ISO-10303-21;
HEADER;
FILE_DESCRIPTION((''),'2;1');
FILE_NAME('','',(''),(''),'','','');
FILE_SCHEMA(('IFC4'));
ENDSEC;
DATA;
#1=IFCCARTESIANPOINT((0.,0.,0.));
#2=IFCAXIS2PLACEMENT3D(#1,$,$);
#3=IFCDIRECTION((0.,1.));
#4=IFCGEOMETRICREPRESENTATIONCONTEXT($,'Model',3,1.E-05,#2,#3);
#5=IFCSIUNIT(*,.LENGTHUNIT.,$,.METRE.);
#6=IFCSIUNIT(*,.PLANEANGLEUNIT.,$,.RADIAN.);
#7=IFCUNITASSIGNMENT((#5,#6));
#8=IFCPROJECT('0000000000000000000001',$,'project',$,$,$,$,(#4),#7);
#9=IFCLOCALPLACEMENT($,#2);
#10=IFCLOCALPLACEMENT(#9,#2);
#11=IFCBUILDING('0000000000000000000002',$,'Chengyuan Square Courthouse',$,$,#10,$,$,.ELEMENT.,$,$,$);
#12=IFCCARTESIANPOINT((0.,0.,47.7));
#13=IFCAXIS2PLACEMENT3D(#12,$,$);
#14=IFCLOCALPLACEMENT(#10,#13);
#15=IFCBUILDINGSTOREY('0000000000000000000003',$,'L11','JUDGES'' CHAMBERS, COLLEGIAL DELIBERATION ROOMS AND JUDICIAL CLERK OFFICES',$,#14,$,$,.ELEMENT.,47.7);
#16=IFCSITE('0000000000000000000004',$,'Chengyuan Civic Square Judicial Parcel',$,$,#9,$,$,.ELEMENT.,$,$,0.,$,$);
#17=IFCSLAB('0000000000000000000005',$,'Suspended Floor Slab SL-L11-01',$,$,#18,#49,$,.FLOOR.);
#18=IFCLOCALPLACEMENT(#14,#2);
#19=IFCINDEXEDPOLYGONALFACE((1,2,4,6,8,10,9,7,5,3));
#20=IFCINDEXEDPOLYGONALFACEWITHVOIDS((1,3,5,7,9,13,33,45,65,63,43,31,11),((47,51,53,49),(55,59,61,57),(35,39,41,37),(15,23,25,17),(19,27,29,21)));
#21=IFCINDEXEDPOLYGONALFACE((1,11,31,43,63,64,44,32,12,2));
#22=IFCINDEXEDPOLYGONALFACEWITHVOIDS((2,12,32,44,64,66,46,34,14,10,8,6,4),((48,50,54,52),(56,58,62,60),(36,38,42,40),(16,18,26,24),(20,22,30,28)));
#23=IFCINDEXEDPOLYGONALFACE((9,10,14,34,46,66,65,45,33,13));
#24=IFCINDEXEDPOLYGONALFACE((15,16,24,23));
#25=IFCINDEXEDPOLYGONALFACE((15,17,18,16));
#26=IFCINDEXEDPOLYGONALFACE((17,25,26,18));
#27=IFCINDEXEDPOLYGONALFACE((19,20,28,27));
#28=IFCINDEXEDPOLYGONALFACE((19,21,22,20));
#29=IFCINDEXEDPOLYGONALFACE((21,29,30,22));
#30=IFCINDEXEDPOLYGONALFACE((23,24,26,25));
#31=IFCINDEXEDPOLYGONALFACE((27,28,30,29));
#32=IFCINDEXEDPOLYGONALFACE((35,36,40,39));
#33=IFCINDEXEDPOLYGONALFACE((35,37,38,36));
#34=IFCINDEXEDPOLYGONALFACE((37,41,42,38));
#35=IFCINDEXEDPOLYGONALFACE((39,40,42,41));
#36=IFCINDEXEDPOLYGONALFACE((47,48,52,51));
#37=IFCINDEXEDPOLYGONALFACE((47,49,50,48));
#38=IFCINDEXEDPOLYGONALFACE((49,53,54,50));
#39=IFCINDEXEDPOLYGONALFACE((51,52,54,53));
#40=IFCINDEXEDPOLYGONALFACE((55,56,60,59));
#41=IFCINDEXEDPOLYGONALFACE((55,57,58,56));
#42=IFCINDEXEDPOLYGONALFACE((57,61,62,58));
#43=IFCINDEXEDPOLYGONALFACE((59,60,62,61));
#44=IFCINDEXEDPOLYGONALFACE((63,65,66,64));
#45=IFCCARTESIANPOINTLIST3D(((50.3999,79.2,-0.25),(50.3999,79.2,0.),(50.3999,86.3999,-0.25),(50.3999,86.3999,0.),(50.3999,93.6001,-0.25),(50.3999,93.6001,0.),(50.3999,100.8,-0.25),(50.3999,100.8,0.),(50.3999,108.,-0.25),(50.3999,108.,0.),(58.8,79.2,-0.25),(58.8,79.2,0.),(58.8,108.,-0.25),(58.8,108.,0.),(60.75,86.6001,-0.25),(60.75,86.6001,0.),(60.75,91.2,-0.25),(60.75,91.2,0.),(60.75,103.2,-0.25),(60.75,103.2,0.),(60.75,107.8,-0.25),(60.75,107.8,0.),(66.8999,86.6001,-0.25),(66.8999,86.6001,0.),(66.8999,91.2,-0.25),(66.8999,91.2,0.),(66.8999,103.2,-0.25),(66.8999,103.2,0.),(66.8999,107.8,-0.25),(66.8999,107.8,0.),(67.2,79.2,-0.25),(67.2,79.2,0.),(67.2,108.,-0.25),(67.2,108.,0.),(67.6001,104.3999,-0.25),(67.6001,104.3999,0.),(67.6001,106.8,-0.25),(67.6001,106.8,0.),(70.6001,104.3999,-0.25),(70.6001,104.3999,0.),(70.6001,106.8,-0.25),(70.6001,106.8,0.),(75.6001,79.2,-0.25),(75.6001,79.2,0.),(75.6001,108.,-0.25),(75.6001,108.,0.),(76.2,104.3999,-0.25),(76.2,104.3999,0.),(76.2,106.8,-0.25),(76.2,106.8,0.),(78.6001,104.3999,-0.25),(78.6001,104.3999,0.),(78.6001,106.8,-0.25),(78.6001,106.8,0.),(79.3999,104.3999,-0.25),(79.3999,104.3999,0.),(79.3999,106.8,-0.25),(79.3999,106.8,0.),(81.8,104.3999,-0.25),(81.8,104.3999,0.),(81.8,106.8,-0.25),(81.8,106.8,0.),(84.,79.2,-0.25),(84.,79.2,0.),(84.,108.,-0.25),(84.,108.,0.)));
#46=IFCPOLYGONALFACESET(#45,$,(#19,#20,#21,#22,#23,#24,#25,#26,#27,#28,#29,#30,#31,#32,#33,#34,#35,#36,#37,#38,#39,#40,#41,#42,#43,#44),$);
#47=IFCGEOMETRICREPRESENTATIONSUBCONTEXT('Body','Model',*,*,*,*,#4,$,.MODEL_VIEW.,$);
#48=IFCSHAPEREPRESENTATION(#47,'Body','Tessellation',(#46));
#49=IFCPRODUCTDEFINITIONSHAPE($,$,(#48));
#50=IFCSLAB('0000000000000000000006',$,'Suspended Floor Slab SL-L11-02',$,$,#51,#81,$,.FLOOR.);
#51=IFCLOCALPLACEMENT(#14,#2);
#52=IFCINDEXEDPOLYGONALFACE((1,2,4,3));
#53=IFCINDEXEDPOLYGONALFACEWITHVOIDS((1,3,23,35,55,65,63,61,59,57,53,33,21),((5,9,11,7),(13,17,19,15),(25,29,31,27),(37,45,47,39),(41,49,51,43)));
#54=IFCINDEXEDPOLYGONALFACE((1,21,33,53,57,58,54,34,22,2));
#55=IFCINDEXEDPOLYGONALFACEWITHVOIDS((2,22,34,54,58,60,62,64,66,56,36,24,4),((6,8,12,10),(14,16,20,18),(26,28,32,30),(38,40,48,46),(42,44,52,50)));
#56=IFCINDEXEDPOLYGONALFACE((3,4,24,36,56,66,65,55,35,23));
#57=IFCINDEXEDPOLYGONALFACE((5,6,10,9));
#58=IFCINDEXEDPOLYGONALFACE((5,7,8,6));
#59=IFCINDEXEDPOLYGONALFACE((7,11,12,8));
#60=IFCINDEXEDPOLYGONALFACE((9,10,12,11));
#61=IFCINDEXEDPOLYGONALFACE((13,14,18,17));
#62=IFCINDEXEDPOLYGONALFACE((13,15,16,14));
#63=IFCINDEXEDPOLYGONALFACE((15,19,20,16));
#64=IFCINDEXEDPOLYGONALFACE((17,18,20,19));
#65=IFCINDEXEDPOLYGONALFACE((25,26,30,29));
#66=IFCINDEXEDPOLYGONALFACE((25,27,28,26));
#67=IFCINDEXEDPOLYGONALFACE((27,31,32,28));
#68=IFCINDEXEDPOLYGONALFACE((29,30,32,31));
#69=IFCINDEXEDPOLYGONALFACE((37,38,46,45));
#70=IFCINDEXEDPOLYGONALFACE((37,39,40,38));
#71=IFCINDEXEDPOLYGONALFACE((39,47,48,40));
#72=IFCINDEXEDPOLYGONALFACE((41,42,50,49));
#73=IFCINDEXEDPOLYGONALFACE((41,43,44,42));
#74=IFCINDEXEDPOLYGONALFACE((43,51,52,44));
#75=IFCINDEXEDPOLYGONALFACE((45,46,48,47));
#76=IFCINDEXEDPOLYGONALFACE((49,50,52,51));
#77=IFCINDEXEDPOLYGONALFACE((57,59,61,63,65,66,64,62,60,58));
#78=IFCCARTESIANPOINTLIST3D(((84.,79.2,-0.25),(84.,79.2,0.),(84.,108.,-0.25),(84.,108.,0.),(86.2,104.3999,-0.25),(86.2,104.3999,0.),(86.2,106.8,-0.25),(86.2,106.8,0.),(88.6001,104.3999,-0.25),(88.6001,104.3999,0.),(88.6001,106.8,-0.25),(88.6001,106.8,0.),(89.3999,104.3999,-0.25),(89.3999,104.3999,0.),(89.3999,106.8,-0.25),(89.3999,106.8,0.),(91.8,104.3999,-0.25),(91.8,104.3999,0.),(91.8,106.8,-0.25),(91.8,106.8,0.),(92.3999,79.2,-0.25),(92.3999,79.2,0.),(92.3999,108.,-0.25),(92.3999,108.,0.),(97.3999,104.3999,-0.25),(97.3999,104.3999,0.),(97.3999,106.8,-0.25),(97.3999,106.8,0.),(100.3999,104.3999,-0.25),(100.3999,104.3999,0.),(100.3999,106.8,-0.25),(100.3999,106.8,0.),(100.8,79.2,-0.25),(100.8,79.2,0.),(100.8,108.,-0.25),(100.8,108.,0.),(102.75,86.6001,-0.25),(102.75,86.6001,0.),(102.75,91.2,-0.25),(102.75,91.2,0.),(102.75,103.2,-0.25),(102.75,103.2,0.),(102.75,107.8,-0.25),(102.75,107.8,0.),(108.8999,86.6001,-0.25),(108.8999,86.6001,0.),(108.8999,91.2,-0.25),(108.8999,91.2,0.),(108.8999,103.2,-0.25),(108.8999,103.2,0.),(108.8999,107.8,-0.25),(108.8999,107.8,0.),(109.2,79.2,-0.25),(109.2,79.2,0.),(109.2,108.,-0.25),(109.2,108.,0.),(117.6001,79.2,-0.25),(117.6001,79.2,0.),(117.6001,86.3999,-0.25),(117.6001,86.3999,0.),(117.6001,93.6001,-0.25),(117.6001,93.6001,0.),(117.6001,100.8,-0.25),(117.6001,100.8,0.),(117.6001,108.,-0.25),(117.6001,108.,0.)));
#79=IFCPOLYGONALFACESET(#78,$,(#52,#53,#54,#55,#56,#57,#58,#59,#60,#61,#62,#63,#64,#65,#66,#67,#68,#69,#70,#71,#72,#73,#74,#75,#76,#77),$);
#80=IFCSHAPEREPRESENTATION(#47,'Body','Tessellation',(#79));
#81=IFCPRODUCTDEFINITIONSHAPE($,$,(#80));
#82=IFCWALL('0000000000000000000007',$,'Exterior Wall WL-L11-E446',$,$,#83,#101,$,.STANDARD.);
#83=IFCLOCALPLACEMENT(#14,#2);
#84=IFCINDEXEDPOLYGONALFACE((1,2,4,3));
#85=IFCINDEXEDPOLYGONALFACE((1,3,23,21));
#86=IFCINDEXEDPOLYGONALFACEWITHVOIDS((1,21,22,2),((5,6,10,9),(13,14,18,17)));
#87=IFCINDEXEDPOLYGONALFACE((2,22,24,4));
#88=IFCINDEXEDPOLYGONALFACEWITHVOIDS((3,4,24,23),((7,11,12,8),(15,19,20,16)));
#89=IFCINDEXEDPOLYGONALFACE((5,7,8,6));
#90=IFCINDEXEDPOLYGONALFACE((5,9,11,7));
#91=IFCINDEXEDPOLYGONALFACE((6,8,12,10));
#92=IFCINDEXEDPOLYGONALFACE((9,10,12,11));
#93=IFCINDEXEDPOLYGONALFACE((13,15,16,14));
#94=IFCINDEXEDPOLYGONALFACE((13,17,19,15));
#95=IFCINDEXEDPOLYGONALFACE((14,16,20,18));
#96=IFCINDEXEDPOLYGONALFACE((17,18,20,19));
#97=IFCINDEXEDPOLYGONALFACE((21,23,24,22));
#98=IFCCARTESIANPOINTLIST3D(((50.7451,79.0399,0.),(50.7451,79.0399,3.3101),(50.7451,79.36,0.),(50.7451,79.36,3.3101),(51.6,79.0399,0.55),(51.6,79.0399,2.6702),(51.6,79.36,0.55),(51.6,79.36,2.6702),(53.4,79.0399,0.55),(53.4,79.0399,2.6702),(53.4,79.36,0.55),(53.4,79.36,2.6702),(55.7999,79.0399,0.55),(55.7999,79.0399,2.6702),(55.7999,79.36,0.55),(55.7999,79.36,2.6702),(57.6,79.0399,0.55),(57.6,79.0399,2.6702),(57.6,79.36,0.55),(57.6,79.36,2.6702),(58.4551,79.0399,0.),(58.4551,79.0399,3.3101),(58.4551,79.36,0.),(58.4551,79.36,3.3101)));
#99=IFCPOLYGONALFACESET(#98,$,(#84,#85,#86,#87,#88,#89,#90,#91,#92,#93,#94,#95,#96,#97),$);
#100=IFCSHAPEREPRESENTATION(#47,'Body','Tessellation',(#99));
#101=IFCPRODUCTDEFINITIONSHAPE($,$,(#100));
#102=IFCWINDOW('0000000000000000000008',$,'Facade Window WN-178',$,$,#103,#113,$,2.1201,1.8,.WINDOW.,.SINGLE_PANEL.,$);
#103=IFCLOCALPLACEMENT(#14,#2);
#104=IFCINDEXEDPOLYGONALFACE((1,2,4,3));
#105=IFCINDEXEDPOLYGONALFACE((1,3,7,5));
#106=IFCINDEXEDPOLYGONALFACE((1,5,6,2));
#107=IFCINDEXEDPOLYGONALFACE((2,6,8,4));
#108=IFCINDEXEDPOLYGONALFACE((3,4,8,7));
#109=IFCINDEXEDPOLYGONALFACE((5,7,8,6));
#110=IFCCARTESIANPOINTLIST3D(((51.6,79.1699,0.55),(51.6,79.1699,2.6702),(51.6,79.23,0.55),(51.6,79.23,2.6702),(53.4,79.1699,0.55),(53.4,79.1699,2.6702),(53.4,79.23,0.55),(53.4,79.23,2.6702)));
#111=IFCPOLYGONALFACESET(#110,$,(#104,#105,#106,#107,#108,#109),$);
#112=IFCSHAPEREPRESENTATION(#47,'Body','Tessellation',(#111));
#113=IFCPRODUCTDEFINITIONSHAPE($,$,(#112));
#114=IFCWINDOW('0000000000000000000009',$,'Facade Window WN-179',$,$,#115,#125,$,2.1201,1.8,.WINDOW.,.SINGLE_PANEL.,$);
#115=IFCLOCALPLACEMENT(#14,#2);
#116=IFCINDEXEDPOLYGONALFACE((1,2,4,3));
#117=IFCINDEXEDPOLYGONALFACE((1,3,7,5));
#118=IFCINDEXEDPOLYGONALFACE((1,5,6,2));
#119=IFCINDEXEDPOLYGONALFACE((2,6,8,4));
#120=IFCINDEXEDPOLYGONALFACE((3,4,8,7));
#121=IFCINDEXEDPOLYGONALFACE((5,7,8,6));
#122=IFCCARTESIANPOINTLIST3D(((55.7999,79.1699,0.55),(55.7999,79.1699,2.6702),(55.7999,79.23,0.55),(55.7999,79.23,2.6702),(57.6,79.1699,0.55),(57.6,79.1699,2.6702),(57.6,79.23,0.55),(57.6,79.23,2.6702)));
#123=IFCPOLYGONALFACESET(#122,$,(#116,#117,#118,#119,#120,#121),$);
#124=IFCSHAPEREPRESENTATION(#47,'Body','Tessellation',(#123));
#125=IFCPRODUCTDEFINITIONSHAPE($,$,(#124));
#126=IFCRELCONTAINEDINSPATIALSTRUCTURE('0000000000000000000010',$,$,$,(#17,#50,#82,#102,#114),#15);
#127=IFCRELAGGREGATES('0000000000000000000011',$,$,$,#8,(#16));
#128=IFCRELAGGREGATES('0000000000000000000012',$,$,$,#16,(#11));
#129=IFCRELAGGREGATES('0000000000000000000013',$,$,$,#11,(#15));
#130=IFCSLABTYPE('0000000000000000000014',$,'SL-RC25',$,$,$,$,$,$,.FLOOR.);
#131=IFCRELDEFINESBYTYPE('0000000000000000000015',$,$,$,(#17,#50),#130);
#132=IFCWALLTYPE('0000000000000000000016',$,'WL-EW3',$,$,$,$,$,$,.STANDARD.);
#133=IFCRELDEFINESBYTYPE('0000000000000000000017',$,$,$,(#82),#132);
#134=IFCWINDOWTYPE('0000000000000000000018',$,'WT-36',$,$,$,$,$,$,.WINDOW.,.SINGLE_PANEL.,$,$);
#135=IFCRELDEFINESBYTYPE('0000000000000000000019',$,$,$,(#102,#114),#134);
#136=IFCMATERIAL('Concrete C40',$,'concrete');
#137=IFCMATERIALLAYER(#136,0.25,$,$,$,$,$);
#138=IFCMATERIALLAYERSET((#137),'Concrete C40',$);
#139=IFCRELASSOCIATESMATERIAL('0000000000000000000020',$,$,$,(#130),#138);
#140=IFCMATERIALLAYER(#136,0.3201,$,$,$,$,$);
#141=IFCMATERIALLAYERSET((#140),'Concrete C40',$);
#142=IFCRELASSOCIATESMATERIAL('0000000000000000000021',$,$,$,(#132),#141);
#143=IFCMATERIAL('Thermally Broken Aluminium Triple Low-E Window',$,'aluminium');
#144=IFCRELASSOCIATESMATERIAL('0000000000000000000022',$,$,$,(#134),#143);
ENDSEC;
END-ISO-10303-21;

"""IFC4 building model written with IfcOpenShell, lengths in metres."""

from ifc_helpers import new_model, si_unit, direction, frame, frame_2d, origin, place, context, subcontext, project, spatial, polyline, rectangle, outline, extrude, material, layer, layer_set, type_object, element, fill, save


model = new_model("IFC4")

# Units and contexts
model_context = context("Model", 3, precision=1e-05, world=origin(), true_north=direction((0.0, 1.0)))
body_context = subcontext(model_context, "Body", "Model", "MODEL_VIEW")
ifc_project = project(units=[si_unit("LENGTHUNIT", "METRE"), si_unit("PLANEANGLEUNIT", "RADIAN")], contexts=[model_context])

# Site, building, storey
site_placement = place(None, origin())
site = spatial("IfcSite", under=ifc_project, at=site_placement, Name="Chengyuan Civic Square Judicial Parcel", CompositionType="ELEMENT", RefElevation=0.0)
building_placement = place(site_placement, origin())
building = spatial("IfcBuilding", under=site, at=building_placement, Name="Chengyuan Square Courthouse", CompositionType="ELEMENT")
storey_placement = place(building_placement, frame((0.0, 0.0, 47.7)))
storey = spatial("IfcBuildingStorey", under=building, at=storey_placement, Name="L11", Description="JUDGES' CHAMBERS, COLLEGIAL DELIBERATION ROOMS AND JUDICIAL CLERK OFFICES", CompositionType="ELEMENT", Elevation=47.7)

# Shared definitions
ifc_material_1 = material(Name="Concrete C40", Category="concrete")

# Slabs
ifc_layer_1 = layer(ifc_material_1, 0.25)
ifc_layer_set_1 = layer_set([ifc_layer_1], Name="Concrete C40")
slab_type_1 = type_object("IfcSlabType", Name="SL-RC25", PredefinedType="FLOOR", material=ifc_layer_set_1)
slab_1_placement = place(storey_placement, frame((0.0, 0.0, -0.25)))
element("IfcSlab", 1, at=slab_1_placement, inside=storey, type_object=slab_type_1, Name="Suspended Floor Slab SL-L11-01", PredefinedType="FLOOR", context=body_context, shape_type="SweptSolid", body=[
    extrude(outline(polyline([(50.3999, 79.2), (50.3999, 86.3999), (50.3999, 93.6001), (50.3999, 100.8), (50.3999, 108.0), (58.8, 108.0), (67.2, 108.0), (75.6001, 108.0), (84.0, 108.0), (84.0, 79.2), (75.6001, 79.2), (67.2, 79.2), (58.8, 79.2), (50.3999, 79.2)]), holes=[polyline([(60.75, 86.6001), (66.8999, 86.6001), (66.8999, 91.2), (60.75, 91.2), (60.75, 86.6001)]), polyline([(60.75, 103.2), (66.8999, 103.2), (66.8999, 107.8), (60.75, 107.8), (60.75, 103.2)]), polyline([(67.6001, 106.8), (67.6001, 104.3999), (70.6001, 104.3999), (70.6001, 106.8), (67.6001, 106.8)]), polyline([(76.2, 104.3999), (78.6001, 104.3999), (78.6001, 106.8), (76.2, 106.8), (76.2, 104.3999)]), polyline([(79.3999, 104.3999), (81.8, 104.3999), (81.8, 106.8), (79.3999, 106.8), (79.3999, 104.3999)])]), origin(), (0.0, 0.0, 1.0), 0.25),
])
slab_2_placement = place(storey_placement, frame((0.0, 0.0, -0.25)))
element("IfcSlab", 2, at=slab_2_placement, inside=storey, type_object=slab_type_1, Name="Suspended Floor Slab SL-L11-02", PredefinedType="FLOOR", context=body_context, shape_type="SweptSolid", body=[
    extrude(outline(polyline([(92.3999, 108.0), (100.8, 108.0), (109.2, 108.0), (117.6001, 108.0), (117.6001, 100.8), (117.6001, 93.6001), (117.6001, 86.3999), (117.6001, 79.2), (109.2, 79.2), (100.8, 79.2), (92.3999, 79.2), (84.0, 79.2), (84.0, 108.0), (92.3999, 108.0)]), holes=[polyline([(102.75, 86.6001), (108.8999, 86.6001), (108.8999, 91.2), (102.75, 91.2), (102.75, 86.6001)]), polyline([(102.75, 107.8), (102.75, 103.2), (108.8999, 103.2), (108.8999, 107.8), (102.75, 107.8)]), polyline([(86.2, 104.3999), (88.6001, 104.3999), (88.6001, 106.8), (86.2, 106.8), (86.2, 104.3999)]), polyline([(89.3999, 106.8), (89.3999, 104.3999), (91.8, 104.3999), (91.8, 106.8), (89.3999, 106.8)]), polyline([(97.3999, 106.8), (97.3999, 104.3999), (100.3999, 104.3999), (100.3999, 106.8), (97.3999, 106.8)])]), origin(), (0.0, 0.0, 1.0), 0.25),
])

# Wall, openings, windows
ifc_layer_2 = layer(ifc_material_1, 0.3201)
ifc_layer_set_2 = layer_set([ifc_layer_2], Name="Concrete C40")
wall_type_1 = type_object("IfcWallType", Name="WL-EW3", PredefinedType="STANDARD", material=ifc_layer_set_2)
wall_1_placement = place(storey_placement, frame((50.7451, 79.2, 0.0), z_axis=(0.0, 0.0, 1.0), x_axis=(1.0, 0.0, 0.0)))
wall_1 = element("IfcWall", 3, at=wall_1_placement, inside=storey, type_object=wall_type_1, Name="Exterior Wall WL-L11-E446", PredefinedType="STANDARD", context=body_context, shape_type="SweptSolid", body=[
    extrude(rectangle(XDim=7.71, YDim=0.3201, at=frame_2d((3.855, 0.0))), origin(), (0.0, 0.0, 1.0), 3.3101),
])
opening_1_placement = place(wall_1_placement, frame((0.855, 0.0, 0.55)))
opening_1 = element("IfcOpeningElement", 4, at=opening_1_placement, cuts=wall_1, PredefinedType="OPENING", context=body_context, shape_type="SweptSolid", body=[
    extrude(rectangle(XDim=1.8, YDim=2.1201, at=frame_2d((0.8999, 1.0601))), frame((0.0, 0.1721, 0.0), z_axis=(0.0, -1.0, 0.0), x_axis=(1.0, 0.0, 0.0)), (0.0, 0.0, 1.0), 0.344),
])
opening_2_placement = place(wall_1_placement, frame((5.0549, 0.0, 0.55)))
opening_2 = element("IfcOpeningElement", 5, at=opening_2_placement, cuts=wall_1, PredefinedType="OPENING", context=body_context, shape_type="SweptSolid", body=[
    extrude(rectangle(XDim=1.8, YDim=2.1201, at=frame_2d((0.8999, 1.0601))), frame((0.0, 0.1721, 0.0), z_axis=(0.0, -1.0, 0.0), x_axis=(1.0, 0.0, 0.0)), (0.0, 0.0, 1.0), 0.344),
])
ifc_material_2 = material(Name="Thermally Broken Aluminium Triple Low-E Window", Category="aluminium")
window_type = type_object("IfcWindowType", Name="WT-36", PartitioningType="SINGLE_PANEL", PredefinedType="WINDOW", material=ifc_material_2)
window_1_placement = place(opening_1_placement, origin())
window_1 = element("IfcWindow", 6, at=window_1_placement, inside=storey, type_object=window_type, Name="Facade Window WN-178", OverallHeight=2.1201, OverallWidth=1.8, PartitioningType="SINGLE_PANEL", PredefinedType="WINDOW", context=body_context, shape_type="SweptSolid", body=[
    extrude(rectangle(XDim=1.8, YDim=2.1201, at=frame_2d((0.8999, 1.0601))), frame((0.0, 0.03, 0.0), z_axis=(0.0, -1.0, 0.0), x_axis=(1.0, 0.0, 0.0)), (0.0, 0.0, 1.0), 0.0601),
])
fill(opening_1, window_1)
window_2_placement = place(opening_2_placement, origin())
window_2 = element("IfcWindow", 7, at=window_2_placement, inside=storey, type_object=window_type, Name="Facade Window WN-179", OverallHeight=2.1201, OverallWidth=1.8, PartitioningType="SINGLE_PANEL", PredefinedType="WINDOW", context=body_context, shape_type="SweptSolid", body=[
    extrude(rectangle(XDim=1.8, YDim=2.1201, at=frame_2d((0.8999, 1.0601))), frame((0.0, 0.03, 0.0), z_axis=(0.0, -1.0, 0.0), x_axis=(1.0, 0.0, 0.0)), (0.0, 0.0, 1.0), 0.0601),
])
fill(opening_2, window_2)

save(model, "model.ifc")
